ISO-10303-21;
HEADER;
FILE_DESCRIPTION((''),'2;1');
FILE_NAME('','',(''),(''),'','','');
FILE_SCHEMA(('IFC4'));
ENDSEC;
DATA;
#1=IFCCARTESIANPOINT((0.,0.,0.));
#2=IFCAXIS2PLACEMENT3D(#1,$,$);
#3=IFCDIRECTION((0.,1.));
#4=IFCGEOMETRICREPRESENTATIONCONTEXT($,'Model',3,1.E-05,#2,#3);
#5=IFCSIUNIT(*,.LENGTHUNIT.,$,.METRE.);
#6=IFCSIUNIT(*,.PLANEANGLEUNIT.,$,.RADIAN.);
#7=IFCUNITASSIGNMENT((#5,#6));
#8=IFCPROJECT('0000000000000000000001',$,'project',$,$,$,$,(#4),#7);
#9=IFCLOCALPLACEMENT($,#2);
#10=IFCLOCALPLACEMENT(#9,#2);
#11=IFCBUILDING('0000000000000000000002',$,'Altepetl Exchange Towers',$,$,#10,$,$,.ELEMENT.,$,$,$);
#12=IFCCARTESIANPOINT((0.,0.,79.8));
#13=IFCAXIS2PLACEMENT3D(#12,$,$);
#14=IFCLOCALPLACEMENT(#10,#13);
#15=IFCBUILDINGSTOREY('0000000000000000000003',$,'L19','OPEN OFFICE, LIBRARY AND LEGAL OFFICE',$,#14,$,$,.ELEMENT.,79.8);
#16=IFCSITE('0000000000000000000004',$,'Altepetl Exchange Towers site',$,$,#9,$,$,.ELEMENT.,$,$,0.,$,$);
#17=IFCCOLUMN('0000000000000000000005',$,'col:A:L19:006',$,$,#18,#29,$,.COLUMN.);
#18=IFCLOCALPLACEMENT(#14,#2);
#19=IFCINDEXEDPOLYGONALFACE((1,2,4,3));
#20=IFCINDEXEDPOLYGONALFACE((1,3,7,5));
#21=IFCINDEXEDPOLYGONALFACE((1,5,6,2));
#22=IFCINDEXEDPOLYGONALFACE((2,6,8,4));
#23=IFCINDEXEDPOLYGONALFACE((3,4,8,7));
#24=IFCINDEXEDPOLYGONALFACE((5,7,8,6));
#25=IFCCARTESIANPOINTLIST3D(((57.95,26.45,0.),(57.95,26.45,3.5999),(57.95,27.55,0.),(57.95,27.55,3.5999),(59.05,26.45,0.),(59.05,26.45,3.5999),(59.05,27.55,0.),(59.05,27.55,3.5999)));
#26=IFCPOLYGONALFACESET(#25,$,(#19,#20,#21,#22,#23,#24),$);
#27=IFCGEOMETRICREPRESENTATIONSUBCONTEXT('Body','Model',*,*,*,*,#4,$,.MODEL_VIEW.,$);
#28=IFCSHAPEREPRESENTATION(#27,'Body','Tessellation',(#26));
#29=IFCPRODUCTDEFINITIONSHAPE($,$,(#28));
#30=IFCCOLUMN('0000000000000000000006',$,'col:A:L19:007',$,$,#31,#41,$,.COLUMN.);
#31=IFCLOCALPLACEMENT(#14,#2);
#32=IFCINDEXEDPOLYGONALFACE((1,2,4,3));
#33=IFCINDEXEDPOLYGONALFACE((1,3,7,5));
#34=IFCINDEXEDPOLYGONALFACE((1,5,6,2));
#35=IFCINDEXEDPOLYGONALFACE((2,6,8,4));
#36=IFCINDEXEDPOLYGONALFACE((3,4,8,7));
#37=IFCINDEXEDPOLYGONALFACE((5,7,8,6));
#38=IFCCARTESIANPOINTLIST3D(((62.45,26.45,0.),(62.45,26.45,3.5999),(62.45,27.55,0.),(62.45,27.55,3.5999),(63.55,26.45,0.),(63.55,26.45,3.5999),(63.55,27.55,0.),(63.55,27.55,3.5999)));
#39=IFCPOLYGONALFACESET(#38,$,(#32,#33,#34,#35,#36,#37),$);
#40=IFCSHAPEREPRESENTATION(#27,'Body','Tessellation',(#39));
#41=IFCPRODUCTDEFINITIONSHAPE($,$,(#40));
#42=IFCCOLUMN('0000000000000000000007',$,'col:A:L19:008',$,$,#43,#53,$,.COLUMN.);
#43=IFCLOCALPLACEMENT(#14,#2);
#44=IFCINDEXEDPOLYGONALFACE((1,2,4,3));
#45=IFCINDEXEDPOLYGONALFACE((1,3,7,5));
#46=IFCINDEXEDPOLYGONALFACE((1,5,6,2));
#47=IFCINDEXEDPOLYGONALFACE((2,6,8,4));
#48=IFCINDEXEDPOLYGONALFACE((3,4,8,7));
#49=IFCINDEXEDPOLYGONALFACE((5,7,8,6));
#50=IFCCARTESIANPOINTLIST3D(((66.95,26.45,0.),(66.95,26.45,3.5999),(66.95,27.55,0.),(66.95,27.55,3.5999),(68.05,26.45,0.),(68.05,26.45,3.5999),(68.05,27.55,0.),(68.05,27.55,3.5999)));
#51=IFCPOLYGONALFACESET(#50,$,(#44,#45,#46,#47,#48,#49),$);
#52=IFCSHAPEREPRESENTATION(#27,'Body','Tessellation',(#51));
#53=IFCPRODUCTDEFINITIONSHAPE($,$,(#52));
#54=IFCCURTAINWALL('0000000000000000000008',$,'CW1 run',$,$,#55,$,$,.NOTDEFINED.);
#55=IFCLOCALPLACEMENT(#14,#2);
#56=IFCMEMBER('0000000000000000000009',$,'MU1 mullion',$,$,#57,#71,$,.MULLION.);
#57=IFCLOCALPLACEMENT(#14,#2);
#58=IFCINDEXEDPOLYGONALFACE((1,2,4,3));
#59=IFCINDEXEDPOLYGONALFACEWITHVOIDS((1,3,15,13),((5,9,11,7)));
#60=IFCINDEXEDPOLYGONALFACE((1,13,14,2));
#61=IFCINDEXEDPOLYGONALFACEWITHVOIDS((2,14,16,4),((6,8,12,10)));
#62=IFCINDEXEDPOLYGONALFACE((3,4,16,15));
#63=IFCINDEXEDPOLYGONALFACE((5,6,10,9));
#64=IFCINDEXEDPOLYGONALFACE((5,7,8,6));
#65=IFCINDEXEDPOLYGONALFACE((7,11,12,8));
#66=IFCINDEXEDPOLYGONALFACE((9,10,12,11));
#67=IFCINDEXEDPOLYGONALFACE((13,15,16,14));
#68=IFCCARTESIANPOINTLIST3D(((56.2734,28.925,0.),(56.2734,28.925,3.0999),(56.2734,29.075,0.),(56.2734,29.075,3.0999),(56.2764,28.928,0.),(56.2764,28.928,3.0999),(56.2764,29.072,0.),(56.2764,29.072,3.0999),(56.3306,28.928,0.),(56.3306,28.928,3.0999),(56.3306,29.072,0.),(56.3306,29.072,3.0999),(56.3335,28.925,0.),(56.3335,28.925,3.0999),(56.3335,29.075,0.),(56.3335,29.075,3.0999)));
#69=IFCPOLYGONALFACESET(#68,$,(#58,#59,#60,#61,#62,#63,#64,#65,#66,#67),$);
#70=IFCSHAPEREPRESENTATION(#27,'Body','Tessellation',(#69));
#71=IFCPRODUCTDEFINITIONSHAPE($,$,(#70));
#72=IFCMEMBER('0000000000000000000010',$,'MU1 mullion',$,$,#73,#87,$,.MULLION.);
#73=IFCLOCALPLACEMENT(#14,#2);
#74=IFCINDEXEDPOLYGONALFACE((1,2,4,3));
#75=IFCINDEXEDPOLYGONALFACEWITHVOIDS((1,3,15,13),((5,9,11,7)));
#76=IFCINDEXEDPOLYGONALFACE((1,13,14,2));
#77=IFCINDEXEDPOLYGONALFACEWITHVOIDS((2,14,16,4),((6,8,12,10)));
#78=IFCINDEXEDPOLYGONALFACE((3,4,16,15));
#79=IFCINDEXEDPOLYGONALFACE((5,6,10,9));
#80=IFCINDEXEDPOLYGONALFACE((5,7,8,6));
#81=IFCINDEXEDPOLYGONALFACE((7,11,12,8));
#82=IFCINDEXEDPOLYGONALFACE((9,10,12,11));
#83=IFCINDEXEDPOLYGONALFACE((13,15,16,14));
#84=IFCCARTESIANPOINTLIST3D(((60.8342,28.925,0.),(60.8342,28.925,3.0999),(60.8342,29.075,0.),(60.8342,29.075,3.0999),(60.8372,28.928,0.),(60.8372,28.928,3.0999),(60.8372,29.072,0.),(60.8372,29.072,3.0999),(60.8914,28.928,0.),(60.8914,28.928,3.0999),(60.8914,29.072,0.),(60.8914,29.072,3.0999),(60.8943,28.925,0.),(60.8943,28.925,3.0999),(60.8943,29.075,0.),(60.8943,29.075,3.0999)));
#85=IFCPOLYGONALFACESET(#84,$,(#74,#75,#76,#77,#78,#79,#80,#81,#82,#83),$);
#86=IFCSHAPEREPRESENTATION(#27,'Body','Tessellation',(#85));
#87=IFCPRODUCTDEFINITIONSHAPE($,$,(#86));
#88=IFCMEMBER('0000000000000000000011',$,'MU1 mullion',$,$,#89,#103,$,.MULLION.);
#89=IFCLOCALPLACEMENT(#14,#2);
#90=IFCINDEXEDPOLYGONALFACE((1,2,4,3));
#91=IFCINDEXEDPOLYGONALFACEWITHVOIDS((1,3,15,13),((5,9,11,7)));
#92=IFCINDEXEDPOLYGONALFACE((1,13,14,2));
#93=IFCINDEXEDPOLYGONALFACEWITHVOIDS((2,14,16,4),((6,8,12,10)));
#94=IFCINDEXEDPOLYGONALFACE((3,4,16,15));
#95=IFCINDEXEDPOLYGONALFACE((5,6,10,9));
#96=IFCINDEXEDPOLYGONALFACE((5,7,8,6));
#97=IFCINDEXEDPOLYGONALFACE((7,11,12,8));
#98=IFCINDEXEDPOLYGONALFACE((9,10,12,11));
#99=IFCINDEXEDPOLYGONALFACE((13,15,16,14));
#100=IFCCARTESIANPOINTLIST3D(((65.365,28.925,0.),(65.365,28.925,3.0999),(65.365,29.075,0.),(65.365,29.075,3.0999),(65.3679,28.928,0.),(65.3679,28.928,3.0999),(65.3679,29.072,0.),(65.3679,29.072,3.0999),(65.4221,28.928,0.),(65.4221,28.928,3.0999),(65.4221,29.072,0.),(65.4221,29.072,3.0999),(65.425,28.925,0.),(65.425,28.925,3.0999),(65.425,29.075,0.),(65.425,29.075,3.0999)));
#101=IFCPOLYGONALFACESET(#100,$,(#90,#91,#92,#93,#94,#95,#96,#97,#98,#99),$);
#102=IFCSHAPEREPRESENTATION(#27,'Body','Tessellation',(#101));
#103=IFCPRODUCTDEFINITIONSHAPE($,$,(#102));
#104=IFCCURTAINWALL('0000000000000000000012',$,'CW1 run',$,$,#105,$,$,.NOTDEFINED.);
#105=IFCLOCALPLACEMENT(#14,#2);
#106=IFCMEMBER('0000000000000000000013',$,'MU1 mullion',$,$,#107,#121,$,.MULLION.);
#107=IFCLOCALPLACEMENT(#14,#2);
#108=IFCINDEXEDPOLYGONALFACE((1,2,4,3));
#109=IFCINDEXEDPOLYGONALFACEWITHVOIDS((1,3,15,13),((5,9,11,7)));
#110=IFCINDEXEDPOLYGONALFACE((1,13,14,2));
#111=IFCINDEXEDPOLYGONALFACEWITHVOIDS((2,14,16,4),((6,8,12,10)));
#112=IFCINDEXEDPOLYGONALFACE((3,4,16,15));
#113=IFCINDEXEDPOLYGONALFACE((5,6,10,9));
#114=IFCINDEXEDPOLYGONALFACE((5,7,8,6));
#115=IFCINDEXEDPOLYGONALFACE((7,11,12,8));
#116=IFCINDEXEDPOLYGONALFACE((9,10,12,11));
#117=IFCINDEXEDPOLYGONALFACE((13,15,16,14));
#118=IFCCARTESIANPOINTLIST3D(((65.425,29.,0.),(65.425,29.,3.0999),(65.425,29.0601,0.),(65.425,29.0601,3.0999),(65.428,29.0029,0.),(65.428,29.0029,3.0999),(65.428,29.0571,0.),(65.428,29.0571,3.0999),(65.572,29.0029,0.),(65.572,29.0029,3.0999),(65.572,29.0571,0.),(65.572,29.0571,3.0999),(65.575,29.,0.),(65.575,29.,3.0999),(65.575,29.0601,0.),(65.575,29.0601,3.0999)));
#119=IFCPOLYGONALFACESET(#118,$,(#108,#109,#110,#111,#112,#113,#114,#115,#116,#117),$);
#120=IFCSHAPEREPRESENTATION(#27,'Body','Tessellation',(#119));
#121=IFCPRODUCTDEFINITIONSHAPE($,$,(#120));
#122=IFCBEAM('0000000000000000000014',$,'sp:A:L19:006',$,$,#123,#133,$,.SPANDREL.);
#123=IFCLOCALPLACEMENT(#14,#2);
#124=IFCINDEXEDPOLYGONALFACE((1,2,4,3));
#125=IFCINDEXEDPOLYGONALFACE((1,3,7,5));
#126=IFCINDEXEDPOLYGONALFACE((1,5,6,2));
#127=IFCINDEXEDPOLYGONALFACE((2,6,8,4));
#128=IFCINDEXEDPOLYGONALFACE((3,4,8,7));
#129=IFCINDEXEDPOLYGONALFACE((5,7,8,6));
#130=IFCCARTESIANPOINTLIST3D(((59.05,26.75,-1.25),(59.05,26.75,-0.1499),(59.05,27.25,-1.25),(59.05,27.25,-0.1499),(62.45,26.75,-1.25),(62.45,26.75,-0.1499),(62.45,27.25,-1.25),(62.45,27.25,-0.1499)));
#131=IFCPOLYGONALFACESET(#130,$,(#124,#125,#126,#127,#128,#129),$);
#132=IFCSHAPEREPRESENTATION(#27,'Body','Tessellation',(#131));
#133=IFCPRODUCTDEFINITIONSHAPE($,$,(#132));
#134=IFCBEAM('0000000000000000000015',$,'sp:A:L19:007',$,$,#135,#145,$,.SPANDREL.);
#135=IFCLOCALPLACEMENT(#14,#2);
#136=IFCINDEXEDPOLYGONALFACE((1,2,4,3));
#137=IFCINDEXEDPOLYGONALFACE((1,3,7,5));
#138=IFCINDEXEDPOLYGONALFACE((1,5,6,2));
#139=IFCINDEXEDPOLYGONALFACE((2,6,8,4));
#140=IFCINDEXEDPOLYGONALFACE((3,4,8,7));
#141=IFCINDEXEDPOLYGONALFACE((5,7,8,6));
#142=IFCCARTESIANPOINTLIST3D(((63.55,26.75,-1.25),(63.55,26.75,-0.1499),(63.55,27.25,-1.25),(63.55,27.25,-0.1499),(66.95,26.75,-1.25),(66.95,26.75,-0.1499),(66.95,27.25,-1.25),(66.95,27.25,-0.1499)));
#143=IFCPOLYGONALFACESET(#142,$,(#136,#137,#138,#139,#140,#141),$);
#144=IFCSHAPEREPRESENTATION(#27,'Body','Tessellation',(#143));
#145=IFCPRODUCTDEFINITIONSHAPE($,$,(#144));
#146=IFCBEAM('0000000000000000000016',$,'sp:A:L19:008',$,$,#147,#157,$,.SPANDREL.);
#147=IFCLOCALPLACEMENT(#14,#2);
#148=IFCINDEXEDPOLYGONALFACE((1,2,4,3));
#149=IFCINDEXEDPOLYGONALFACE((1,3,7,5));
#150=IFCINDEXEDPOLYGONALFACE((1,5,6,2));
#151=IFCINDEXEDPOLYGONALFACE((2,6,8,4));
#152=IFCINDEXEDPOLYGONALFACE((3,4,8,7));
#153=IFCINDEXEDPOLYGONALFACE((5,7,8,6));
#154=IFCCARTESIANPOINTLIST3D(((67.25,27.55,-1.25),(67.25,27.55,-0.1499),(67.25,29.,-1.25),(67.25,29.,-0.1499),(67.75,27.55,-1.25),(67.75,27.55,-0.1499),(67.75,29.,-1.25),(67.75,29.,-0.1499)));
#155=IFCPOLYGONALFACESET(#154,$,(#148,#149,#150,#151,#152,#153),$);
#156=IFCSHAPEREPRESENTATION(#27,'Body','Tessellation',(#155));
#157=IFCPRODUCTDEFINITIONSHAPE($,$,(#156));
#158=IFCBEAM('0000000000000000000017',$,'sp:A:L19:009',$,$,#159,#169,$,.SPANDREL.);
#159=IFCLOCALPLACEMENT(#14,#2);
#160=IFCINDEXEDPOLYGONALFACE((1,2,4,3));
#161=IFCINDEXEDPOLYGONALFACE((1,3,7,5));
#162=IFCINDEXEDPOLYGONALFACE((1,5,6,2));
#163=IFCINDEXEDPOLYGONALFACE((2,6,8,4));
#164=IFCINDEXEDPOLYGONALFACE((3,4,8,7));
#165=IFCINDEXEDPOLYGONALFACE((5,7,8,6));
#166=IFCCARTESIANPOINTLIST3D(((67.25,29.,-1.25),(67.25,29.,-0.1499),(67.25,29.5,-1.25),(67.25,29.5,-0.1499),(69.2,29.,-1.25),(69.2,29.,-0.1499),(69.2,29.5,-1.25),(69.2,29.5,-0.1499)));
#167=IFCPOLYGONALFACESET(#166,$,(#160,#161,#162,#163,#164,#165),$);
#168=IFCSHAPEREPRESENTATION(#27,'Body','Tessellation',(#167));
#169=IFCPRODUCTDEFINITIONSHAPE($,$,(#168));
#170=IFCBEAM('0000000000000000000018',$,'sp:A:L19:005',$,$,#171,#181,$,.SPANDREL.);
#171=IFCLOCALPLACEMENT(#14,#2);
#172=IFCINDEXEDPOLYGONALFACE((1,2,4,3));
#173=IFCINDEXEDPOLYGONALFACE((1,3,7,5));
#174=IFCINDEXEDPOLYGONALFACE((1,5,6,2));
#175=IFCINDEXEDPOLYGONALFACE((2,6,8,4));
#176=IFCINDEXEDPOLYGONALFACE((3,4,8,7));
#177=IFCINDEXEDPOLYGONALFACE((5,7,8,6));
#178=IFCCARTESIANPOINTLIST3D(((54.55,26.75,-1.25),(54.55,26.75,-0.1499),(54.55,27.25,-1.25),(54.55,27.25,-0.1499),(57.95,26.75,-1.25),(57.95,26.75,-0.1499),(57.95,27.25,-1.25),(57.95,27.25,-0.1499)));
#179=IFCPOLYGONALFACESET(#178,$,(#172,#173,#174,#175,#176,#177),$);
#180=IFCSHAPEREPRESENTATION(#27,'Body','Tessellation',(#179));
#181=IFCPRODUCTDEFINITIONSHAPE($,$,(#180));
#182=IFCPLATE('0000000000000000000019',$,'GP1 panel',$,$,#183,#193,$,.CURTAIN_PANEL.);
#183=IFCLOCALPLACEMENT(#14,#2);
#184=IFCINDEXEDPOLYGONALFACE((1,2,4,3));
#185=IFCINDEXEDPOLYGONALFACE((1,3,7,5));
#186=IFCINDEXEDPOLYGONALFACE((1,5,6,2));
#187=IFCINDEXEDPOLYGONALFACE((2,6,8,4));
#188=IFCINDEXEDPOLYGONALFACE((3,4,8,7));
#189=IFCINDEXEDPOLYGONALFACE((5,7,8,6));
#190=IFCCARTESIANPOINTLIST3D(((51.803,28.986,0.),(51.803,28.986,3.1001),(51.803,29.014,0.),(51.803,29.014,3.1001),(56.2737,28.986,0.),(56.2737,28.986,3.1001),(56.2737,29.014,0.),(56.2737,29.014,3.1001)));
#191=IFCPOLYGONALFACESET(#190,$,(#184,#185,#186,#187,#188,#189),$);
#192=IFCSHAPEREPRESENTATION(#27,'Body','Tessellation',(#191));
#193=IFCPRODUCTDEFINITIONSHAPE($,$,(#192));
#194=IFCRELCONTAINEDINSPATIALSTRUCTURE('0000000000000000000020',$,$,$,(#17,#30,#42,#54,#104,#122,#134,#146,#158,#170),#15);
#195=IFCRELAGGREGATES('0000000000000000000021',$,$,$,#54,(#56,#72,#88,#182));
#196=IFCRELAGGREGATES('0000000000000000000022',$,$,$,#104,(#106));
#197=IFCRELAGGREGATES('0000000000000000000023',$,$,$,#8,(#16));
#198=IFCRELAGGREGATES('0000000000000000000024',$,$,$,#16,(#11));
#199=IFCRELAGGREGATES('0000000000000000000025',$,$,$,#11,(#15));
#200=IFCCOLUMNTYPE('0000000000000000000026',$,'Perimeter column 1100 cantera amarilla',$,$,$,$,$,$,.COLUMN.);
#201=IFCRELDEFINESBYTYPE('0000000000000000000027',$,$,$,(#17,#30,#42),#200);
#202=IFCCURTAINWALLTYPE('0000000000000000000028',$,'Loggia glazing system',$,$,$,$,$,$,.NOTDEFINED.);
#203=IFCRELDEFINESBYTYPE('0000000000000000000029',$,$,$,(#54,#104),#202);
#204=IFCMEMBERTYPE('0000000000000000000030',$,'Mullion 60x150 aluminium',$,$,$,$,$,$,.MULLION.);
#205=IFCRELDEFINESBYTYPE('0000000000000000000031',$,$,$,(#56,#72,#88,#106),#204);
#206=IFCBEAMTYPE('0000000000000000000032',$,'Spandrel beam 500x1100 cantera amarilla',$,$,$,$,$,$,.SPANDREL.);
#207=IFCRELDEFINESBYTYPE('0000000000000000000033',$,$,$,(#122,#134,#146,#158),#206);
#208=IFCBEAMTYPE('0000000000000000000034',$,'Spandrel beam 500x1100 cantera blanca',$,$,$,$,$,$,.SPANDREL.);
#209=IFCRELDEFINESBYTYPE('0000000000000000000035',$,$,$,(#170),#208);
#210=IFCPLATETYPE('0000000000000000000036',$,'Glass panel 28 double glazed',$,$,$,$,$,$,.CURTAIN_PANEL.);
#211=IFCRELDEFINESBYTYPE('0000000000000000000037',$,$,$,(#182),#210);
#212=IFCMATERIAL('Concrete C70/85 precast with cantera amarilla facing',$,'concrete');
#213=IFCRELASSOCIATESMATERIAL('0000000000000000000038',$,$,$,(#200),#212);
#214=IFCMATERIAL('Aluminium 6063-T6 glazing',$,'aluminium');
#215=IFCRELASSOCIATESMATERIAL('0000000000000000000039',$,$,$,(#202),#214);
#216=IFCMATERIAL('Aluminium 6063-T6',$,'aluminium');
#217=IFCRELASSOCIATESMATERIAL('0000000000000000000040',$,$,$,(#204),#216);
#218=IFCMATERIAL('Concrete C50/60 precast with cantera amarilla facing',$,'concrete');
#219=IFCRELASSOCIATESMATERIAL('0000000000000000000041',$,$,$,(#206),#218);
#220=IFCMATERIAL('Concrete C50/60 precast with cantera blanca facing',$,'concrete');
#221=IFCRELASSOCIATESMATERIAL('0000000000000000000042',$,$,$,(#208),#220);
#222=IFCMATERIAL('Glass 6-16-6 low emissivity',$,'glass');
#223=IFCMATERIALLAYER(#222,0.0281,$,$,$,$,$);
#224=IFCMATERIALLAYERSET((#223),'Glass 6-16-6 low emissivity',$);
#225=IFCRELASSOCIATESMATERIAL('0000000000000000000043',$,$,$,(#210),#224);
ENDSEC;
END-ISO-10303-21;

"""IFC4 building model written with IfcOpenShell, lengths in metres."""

from ifc_helpers import new_model, si_unit, direction, frame, origin, origin_2d, place, context, subcontext, project, spatial, rectangle, hollow_rectangle, extrude, material, layer, layer_set, material_profile, profile_set, type_object, element, aggregate, save


model = new_model("IFC4")

# Units and contexts
model_context = context("Model", 3, precision=1e-05, world=origin(), true_north=direction((0.0, 1.0)))
body_context = subcontext(model_context, "Body", "Model", "MODEL_VIEW")
ifc_project = project(units=[si_unit("LENGTHUNIT", "METRE"), si_unit("PLANEANGLEUNIT", "RADIAN")], contexts=[model_context])

# Site, building, storey
site_placement = place(None, origin())
site = spatial("IfcSite", under=ifc_project, at=site_placement, Name="Altepetl Exchange Towers site", CompositionType="ELEMENT", RefElevation=0.0)
building_placement = place(site_placement, origin())
building = spatial("IfcBuilding", under=site, at=building_placement, Name="Altepetl Exchange Towers", CompositionType="ELEMENT")
storey_placement = place(building_placement, frame((0.0, 0.0, 79.8)))
storey = spatial("IfcBuildingStorey", under=building, at=storey_placement, Name="L19", Description="OPEN OFFICE, LIBRARY AND LEGAL OFFICE", CompositionType="ELEMENT", Elevation=79.8)

# Columns
ifc_material_1 = material(Name="Concrete C70/85 precast with cantera amarilla facing", Category="concrete")
ifc_material_profile_1 = material_profile(ifc_material_1, rectangle(XDim=1.1001, YDim=1.1001, at=origin_2d()), Name="1100 x 1100")
ifc_profile_set_1 = profile_set([ifc_material_profile_1], Name="Concrete C70/85 precast with cantera amarilla facing")
column_type = type_object("IfcColumnType", Name="Perimeter column 1100 cantera amarilla", PredefinedType="COLUMN", material=ifc_profile_set_1)
for number, where, name in (
    (1, (58.5, 27.0, 0.0), "col:A:L19:006"),
    (2, (63.0, 27.0, 0.0), "col:A:L19:007"),
    (3, (67.5, 27.0, 0.0), "col:A:L19:008"),
):
    element("IfcColumn", number, at=place(storey_placement, frame(where)), inside=storey, type_object=column_type, Name=name, PredefinedType="COLUMN", context=body_context, shape_type="SweptSolid", body=[
        extrude(rectangle(XDim=1.1001, YDim=1.1001, at=origin_2d()), origin(), (0.0, 0.0, 1.0), 3.5999),
    ])

# Curtain wall, members
ifc_material_2 = material(Name="Aluminium 6063-T6 glazing", Category="aluminium")
curtain_wall_type = type_object("IfcCurtainWallType", Name="Loggia glazing system", PredefinedType="NOTDEFINED", material=ifc_material_2)
curtain_wall_1_placement = place(storey_placement, origin())
curtain_wall_1 = element("IfcCurtainWall", 4, at=curtain_wall_1_placement, inside=storey, type_object=curtain_wall_type, Name="CW1 run", PredefinedType="NOTDEFINED")
ifc_material_3 = material(Name="Aluminium 6063-T6", Category="aluminium")
ifc_material_profile_2 = material_profile(ifc_material_3, hollow_rectangle(XDim=0.0601, YDim=0.1499, WallThickness=0.0029, at=origin_2d()), Name="Mullion 60x150 aluminium")
ifc_profile_set_2 = profile_set([ifc_material_profile_2], Name="Aluminium 6063-T6")
member_type = type_object("IfcMemberType", Name="Mullion 60x150 aluminium", PredefinedType="MULLION", material=ifc_profile_set_2)
member_1_placement = place(storey_placement, frame((56.3035, 29.0, 0.0)))
member_1 = element("IfcMember", 5, at=member_1_placement, type_object=member_type, Name="MU1 mullion", PredefinedType="MULLION", context=body_context, shape_type="SweptSolid", body=[
    extrude(hollow_rectangle(XDim=0.0601, YDim=0.1499, WallThickness=0.0029, at=origin_2d()), origin(), (0.0, 0.0, 1.0), 3.0999),
])
member_2_placement = place(storey_placement, frame((60.8643, 29.0, 0.0)))
member_2 = element("IfcMember", 6, at=member_2_placement, type_object=member_type, Name="MU1 mullion", PredefinedType="MULLION", context=body_context, shape_type="SweptSolid", body=[
    extrude(hollow_rectangle(XDim=0.0601, YDim=0.1499, WallThickness=0.0029, at=origin_2d()), origin(), (0.0, 0.0, 1.0), 3.0999),
])
member_3_placement = place(storey_placement, frame((65.395, 29.0, 0.0)))
member_3 = element("IfcMember", 7, at=member_3_placement, type_object=member_type, Name="MU1 mullion", PredefinedType="MULLION", context=body_context, shape_type="SweptSolid", body=[
    extrude(hollow_rectangle(XDim=0.0601, YDim=0.1499, WallThickness=0.0029, at=origin_2d()), origin(), (0.0, 0.0, 1.0), 3.0999),
])

# Curtain wall, member
curtain_wall_2_placement = place(storey_placement, origin())
curtain_wall_2 = element("IfcCurtainWall", 8, at=curtain_wall_2_placement, inside=storey, type_object=curtain_wall_type, Name="CW1 run", PredefinedType="NOTDEFINED")
member_4_placement = place(storey_placement, frame((65.5, 29.03, 0.0), z_axis=(0.0, 0.0, 1.0), x_axis=(0.0, 1.0, 0.0)))
member_4 = element("IfcMember", 9, at=member_4_placement, type_object=member_type, Name="MU1 mullion", PredefinedType="MULLION", context=body_context, shape_type="SweptSolid", body=[
    extrude(hollow_rectangle(XDim=0.0601, YDim=0.1499, WallThickness=0.0029, at=origin_2d()), origin(), (0.0, 0.0, 1.0), 3.0999),
])

# Beams
ifc_material_4 = material(Name="Concrete C50/60 precast with cantera amarilla facing", Category="concrete")
ifc_material_profile_3 = material_profile(ifc_material_4, rectangle(XDim=0.5, YDim=1.1001, at=origin_2d()), Name="500 x 1100")
ifc_profile_set_3 = profile_set([ifc_material_profile_3], Name="Concrete C50/60 precast with cantera amarilla facing")
beam_type_1 = type_object("IfcBeamType", Name="Spandrel beam 500x1100 cantera amarilla", PredefinedType="SPANDREL", material=ifc_profile_set_3)
for number, where, z_axis, x_axis, name in (
    (10, (59.05, 27.0, -0.7), (1.0, 0.0, 0.0), (0.0, 1.0, 0.0), "sp:A:L19:006"),
    (11, (63.55, 27.0, -0.7), (1.0, 0.0, 0.0), (0.0, 1.0, 0.0), "sp:A:L19:007"),
):
    element("IfcBeam", number, at=place(storey_placement, frame(where, z_axis=z_axis, x_axis=x_axis)), inside=storey, type_object=beam_type_1, Name=name, PredefinedType="SPANDREL", context=body_context, shape_type="SweptSolid", body=[
        extrude(rectangle(XDim=0.5, YDim=1.1001, at=origin_2d()), origin(), (0.0, 0.0, 1.0), 3.3999),
    ])
beam_1_placement = place(storey_placement, frame((67.5, 27.55, -0.7), z_axis=(0.0, 1.0, 0.0), x_axis=(-1.0, 0.0, 0.0)))
element("IfcBeam", 12, at=beam_1_placement, inside=storey, type_object=beam_type_1, Name="sp:A:L19:008", PredefinedType="SPANDREL", context=body_context, shape_type="SweptSolid", body=[
    extrude(rectangle(XDim=0.5, YDim=1.1001, at=origin_2d()), origin(), (0.0, 0.0, 1.0), 1.45),
])
beam_2_placement = place(storey_placement, frame((67.25, 29.25, -0.7), z_axis=(1.0, 0.0, 0.0), x_axis=(0.0, 1.0, 0.0)))
element("IfcBeam", 13, at=beam_2_placement, inside=storey, type_object=beam_type_1, Name="sp:A:L19:009", PredefinedType="SPANDREL", context=body_context, shape_type="SweptSolid", body=[
    extrude(rectangle(XDim=0.5, YDim=1.1001, at=origin_2d()), origin(), (0.0, 0.0, 1.0), 1.95),
])
ifc_material_5 = material(Name="Concrete C50/60 precast with cantera blanca facing", Category="concrete")
ifc_material_profile_4 = material_profile(ifc_material_5, rectangle(XDim=0.5, YDim=1.1001, at=origin_2d()), Name="500 x 1100")
ifc_profile_set_4 = profile_set([ifc_material_profile_4], Name="Concrete C50/60 precast with cantera blanca facing")
beam_type_2 = type_object("IfcBeamType", Name="Spandrel beam 500x1100 cantera blanca", PredefinedType="SPANDREL", material=ifc_profile_set_4)
beam_3_placement = place(storey_placement, frame((54.55, 27.0, -0.7), z_axis=(1.0, 0.0, 0.0), x_axis=(0.0, 1.0, 0.0)))
element("IfcBeam", 14, at=beam_3_placement, inside=storey, type_object=beam_type_2, Name="sp:A:L19:005", PredefinedType="SPANDREL", context=body_context, shape_type="SweptSolid", body=[
    extrude(rectangle(XDim=0.5, YDim=1.1001, at=origin_2d()), origin(), (0.0, 0.0, 1.0), 3.3999),
])

# Plate
ifc_material_6 = material(Name="Glass 6-16-6 low emissivity", Category="glass")
ifc_layer_1 = layer(ifc_material_6, 0.0281)
ifc_layer_set_1 = layer_set([ifc_layer_1], Name="Glass 6-16-6 low emissivity")
plate_type = type_object("IfcPlateType", Name="Glass panel 28 double glazed", PredefinedType="CURTAIN_PANEL", material=ifc_layer_set_1)
plate_1_placement = place(storey_placement, frame((54.0383, 29.0, 0.0)))
plate_1 = element("IfcPlate", 15, at=plate_1_placement, type_object=plate_type, Name="GP1 panel", PredefinedType="CURTAIN_PANEL", context=body_context, shape_type="SweptSolid", body=[
    extrude(rectangle(XDim=4.4707, YDim=0.0281, at=origin_2d()), origin(), (0.0, 0.0, 1.0), 3.1001),
])
aggregate(curtain_wall_1, [member_1, member_2, member_3, plate_1])
aggregate(curtain_wall_2, [member_4])

save(model, "model.ifc")
